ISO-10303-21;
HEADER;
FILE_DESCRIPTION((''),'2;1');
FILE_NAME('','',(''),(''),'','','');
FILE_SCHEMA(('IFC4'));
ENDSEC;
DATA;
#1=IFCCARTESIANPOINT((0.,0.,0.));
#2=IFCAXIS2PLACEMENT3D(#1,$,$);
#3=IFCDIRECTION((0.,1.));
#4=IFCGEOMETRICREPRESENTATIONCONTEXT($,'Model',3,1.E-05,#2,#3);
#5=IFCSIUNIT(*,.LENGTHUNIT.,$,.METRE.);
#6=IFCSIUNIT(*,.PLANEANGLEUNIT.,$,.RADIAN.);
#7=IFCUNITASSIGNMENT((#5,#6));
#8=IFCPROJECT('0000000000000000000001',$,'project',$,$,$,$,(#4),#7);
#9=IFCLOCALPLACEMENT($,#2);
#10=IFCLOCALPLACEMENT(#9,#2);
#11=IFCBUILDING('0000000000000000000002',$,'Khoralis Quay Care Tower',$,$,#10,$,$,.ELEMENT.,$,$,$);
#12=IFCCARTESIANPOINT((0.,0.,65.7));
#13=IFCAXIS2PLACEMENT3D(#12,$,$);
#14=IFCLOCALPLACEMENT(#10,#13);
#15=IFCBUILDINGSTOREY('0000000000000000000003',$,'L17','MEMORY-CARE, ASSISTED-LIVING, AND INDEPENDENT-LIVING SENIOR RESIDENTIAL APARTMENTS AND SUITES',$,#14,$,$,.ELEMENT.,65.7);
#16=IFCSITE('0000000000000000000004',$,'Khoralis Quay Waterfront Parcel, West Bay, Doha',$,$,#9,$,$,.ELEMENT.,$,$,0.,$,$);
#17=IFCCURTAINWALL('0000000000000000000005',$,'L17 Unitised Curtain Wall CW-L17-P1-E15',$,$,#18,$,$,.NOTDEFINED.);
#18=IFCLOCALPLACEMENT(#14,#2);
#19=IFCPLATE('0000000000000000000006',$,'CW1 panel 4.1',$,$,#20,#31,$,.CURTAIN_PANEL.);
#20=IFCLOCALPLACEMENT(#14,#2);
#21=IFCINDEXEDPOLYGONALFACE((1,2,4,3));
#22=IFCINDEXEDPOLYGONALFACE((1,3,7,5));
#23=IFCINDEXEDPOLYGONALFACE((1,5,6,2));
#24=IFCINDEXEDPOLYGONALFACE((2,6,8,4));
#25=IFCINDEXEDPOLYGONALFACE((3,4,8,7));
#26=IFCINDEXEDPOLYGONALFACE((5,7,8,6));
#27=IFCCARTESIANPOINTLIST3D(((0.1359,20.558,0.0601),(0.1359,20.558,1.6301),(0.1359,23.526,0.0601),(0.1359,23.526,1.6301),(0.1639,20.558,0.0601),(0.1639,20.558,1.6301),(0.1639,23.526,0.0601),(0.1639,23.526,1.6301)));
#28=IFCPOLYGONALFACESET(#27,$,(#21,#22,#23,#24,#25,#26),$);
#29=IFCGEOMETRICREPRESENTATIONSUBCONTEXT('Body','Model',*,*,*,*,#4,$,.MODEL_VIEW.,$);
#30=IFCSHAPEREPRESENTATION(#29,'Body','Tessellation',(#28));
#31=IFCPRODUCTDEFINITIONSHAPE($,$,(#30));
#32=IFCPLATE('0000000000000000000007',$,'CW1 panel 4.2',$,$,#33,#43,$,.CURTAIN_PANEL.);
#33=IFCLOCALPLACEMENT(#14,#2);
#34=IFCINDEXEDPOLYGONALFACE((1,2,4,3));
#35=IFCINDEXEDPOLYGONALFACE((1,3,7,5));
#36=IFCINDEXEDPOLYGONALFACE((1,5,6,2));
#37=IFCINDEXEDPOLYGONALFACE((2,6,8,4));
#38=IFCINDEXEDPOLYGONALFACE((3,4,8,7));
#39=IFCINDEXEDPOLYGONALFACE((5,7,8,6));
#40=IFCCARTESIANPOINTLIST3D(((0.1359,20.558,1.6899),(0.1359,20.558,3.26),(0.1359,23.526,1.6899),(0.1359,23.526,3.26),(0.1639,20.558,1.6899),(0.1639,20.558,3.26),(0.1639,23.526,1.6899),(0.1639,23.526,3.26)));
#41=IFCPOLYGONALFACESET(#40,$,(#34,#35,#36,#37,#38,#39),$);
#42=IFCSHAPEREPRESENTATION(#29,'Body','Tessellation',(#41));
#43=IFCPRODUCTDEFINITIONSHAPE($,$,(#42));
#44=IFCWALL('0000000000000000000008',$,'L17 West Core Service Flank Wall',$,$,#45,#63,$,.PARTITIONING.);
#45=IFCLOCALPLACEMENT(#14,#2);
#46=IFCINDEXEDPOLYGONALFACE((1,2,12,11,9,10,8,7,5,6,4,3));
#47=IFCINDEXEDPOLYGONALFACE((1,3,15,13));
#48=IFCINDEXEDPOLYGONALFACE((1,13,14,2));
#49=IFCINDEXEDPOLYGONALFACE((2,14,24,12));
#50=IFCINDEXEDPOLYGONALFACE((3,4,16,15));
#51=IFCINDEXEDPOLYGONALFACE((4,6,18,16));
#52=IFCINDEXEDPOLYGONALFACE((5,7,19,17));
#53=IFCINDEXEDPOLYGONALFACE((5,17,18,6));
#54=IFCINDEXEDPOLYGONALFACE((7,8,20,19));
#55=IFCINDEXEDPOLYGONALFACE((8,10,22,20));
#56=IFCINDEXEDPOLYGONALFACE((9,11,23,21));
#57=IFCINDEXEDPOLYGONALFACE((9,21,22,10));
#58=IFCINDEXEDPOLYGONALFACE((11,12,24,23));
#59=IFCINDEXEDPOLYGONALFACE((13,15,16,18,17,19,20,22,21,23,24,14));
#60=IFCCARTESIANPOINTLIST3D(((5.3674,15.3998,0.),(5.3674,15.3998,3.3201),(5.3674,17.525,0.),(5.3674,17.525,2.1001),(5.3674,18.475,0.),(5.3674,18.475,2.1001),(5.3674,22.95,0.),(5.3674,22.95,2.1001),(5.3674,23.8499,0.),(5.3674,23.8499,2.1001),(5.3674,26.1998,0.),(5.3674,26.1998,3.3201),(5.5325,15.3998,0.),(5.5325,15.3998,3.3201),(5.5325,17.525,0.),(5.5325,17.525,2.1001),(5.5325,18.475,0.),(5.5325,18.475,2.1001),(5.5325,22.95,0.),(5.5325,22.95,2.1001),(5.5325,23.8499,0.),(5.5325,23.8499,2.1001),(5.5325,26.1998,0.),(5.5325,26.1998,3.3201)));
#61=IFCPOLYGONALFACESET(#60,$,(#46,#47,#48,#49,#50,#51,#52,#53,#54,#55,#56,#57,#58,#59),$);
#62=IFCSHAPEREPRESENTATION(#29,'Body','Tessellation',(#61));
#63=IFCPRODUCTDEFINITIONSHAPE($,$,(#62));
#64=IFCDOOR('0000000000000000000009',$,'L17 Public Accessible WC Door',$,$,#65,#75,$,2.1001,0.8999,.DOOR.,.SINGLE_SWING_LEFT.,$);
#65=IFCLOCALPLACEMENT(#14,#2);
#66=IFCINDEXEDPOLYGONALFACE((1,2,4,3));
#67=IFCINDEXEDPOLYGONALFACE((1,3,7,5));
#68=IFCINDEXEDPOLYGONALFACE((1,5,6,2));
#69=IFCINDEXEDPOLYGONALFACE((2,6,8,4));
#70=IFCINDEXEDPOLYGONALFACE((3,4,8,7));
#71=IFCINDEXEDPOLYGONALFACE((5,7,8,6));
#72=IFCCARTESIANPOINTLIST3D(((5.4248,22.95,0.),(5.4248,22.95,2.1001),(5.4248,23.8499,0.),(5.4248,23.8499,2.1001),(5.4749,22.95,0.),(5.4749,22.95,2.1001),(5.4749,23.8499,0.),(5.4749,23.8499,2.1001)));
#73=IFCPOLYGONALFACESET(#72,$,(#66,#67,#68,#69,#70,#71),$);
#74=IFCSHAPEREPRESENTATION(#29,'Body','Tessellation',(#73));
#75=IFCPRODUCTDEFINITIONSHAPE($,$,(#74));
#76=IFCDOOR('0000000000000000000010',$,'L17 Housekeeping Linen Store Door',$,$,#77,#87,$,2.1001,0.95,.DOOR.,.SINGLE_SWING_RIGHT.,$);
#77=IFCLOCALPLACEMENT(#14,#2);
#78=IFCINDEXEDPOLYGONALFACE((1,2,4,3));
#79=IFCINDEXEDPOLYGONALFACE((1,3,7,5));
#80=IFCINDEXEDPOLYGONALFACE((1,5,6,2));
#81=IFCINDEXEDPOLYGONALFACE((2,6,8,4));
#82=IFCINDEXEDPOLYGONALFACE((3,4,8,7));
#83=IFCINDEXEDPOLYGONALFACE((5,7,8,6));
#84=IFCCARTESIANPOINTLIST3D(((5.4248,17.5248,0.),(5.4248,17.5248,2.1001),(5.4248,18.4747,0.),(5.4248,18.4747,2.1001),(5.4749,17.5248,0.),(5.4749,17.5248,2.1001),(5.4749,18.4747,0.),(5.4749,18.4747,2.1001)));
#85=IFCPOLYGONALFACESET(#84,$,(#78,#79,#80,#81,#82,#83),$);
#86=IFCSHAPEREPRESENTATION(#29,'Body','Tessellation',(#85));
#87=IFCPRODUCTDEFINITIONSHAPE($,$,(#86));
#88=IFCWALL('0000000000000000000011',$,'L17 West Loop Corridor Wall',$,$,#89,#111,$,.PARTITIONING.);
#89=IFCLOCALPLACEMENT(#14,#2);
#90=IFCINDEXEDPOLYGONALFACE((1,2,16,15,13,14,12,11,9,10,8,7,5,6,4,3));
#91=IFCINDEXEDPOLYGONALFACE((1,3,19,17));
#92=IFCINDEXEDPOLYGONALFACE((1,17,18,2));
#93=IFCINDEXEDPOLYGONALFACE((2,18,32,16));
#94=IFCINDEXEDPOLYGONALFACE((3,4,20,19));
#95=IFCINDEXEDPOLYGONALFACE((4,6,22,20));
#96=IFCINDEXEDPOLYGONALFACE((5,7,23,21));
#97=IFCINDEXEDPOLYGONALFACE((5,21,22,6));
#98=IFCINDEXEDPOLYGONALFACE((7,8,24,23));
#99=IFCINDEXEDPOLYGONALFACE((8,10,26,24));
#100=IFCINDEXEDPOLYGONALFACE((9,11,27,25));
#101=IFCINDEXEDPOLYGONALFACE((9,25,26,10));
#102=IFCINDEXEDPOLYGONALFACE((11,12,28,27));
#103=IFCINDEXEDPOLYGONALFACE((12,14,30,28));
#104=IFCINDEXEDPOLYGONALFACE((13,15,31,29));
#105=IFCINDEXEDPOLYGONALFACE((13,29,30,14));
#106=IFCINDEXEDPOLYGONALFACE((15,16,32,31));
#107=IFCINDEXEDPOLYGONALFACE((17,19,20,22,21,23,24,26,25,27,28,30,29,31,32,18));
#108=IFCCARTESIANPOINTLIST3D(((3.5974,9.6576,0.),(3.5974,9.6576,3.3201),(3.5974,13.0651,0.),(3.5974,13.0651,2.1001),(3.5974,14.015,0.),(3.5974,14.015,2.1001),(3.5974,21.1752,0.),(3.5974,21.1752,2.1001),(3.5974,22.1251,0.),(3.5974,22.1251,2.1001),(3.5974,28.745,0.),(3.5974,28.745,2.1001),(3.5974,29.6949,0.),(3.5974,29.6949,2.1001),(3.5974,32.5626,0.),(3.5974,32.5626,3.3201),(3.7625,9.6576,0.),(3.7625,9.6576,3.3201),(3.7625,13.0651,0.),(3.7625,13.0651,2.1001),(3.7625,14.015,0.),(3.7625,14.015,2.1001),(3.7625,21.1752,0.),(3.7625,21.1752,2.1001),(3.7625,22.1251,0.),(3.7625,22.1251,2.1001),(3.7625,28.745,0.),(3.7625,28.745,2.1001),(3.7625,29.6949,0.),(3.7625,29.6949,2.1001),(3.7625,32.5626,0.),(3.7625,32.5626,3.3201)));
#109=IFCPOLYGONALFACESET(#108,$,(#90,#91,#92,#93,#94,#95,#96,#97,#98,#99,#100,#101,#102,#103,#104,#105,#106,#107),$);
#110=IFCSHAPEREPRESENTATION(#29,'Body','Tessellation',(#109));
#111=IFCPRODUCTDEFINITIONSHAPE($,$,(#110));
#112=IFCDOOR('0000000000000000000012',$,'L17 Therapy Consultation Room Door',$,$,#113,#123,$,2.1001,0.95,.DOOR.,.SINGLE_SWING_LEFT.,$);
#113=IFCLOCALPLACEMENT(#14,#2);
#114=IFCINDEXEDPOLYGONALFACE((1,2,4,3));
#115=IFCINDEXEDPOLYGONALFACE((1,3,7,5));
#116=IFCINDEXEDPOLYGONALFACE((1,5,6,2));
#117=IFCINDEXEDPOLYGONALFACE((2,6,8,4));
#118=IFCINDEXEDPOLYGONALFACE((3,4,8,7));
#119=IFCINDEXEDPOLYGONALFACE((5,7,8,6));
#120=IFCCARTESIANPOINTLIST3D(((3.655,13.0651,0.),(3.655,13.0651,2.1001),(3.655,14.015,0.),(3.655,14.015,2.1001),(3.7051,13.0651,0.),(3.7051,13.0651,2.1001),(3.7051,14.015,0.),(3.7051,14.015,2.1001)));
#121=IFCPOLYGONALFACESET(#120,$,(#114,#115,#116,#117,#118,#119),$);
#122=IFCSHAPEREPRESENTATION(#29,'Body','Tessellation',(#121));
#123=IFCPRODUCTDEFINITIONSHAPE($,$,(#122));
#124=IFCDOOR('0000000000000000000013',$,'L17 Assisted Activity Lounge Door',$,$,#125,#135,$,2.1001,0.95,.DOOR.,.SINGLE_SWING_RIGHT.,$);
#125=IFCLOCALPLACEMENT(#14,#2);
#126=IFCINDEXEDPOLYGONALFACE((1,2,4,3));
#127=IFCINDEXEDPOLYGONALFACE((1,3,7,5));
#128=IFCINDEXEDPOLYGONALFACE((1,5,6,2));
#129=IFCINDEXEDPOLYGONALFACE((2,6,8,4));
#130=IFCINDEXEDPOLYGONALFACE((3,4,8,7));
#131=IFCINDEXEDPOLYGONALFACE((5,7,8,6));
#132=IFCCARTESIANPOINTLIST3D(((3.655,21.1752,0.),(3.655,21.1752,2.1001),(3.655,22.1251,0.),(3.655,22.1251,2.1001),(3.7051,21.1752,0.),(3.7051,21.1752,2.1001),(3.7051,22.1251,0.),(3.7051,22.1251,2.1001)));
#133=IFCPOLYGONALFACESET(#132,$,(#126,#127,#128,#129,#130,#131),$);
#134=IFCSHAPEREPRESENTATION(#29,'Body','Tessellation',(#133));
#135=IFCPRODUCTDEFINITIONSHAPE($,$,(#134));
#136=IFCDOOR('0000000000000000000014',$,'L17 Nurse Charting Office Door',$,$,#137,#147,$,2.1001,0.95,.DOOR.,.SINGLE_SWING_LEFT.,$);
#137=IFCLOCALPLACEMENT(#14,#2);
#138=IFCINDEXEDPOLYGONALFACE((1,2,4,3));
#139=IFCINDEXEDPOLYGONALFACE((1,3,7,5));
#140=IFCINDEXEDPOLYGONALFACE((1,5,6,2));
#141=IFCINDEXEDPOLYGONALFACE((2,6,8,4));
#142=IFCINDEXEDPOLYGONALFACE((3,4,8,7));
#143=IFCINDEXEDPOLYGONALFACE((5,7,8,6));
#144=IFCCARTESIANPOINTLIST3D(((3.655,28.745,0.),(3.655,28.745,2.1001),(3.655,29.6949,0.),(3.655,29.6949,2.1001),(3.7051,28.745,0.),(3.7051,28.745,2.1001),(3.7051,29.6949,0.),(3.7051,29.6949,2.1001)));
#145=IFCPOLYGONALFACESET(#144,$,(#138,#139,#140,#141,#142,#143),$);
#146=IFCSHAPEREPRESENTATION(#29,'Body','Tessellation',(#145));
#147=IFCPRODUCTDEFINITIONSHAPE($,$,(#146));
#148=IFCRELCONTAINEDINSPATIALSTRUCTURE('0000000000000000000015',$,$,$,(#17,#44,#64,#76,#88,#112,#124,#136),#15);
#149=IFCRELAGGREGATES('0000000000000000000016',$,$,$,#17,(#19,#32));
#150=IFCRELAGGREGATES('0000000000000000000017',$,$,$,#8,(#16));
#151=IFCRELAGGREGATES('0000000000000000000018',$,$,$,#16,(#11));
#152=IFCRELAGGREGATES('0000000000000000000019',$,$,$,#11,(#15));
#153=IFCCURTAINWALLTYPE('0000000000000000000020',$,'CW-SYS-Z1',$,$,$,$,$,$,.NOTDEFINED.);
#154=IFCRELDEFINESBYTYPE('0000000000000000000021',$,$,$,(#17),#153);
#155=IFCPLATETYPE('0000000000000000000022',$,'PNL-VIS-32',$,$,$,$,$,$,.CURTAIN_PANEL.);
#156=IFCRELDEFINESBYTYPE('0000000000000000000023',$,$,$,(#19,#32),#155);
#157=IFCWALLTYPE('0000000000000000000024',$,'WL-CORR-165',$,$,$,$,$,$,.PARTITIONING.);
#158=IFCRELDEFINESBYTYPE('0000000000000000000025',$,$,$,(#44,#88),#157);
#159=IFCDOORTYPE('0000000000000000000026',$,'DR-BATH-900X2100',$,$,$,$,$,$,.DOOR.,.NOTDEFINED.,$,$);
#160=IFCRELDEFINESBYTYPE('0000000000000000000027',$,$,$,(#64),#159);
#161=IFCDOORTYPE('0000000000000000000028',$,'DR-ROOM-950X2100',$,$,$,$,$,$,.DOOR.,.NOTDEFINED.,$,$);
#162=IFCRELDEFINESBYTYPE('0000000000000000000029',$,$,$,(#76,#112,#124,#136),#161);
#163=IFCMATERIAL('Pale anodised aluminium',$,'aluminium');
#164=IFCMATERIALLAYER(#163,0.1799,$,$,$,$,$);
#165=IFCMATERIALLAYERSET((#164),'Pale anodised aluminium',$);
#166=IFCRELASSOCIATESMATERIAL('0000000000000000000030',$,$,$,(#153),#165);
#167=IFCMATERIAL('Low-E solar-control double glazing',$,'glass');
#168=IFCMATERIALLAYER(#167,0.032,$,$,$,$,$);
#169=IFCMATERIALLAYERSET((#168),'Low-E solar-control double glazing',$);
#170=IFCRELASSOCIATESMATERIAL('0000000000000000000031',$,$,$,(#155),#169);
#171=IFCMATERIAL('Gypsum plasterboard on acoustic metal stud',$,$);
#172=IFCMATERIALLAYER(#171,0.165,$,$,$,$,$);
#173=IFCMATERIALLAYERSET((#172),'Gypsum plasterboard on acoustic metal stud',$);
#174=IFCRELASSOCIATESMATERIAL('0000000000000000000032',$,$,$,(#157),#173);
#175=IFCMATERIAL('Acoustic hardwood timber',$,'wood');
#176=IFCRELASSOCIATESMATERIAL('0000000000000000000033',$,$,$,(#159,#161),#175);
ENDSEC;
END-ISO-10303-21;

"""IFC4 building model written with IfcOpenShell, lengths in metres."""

from ifc_helpers import new_model, si_unit, direction, frame, frame_2d, origin, origin_2d, place, context, subcontext, project, spatial, rectangle, extrude, source, transform, mapped, material, layer, layer_set, type_object, element, fill, aggregate, save


model = new_model("IFC4")

# Units and contexts
model_context = context("Model", 3, precision=1e-05, world=origin(), true_north=direction((0.0, 1.0)))
body_context = subcontext(model_context, "Body", "Model", "MODEL_VIEW")
ifc_project = project(units=[si_unit("LENGTHUNIT", "METRE"), si_unit("PLANEANGLEUNIT", "RADIAN")], contexts=[model_context])

# Site, building, storey
site_placement = place(None, origin())
site = spatial("IfcSite", under=ifc_project, at=site_placement, Name="Khoralis Quay Waterfront Parcel, West Bay, Doha", CompositionType="ELEMENT", RefElevation=0.0)
building_placement = place(site_placement, origin())
building = spatial("IfcBuilding", under=site, at=building_placement, Name="Khoralis Quay Care Tower", CompositionType="ELEMENT")
storey_placement = place(building_placement, frame((0.0, 0.0, 65.7)))
storey = spatial("IfcBuildingStorey", under=building, at=storey_placement, Name="L17", Description="MEMORY-CARE, ASSISTED-LIVING, AND INDEPENDENT-LIVING SENIOR RESIDENTIAL APARTMENTS AND SUITES", CompositionType="ELEMENT", Elevation=65.7)

# Curtain wall, plates
ifc_material_1 = material(Name="Pale anodised aluminium", Category="aluminium")
ifc_layer_1 = layer(ifc_material_1, 0.1799)
ifc_layer_set_1 = layer_set([ifc_layer_1], Name="Pale anodised aluminium")
curtain_wall_type = type_object("IfcCurtainWallType", Name="CW-SYS-Z1", PredefinedType="NOTDEFINED", material=ifc_layer_set_1)
curtain_wall_placement = place(storey_placement, origin())
curtain_wall = element("IfcCurtainWall", 1, at=curtain_wall_placement, inside=storey, type_object=curtain_wall_type, Name="L17 Unitised Curtain Wall CW-L17-P1-E15", PredefinedType="NOTDEFINED")
ifc_material_2 = material(Name="Low-E solar-control double glazing", Category="glass")
ifc_layer_2 = layer(ifc_material_2, 0.032)
ifc_layer_set_2 = layer_set([ifc_layer_2], Name="Low-E solar-control double glazing")
plate_type = type_object("IfcPlateType", Name="PNL-VIS-32", PredefinedType="CURTAIN_PANEL", material=ifc_layer_set_2)
shared_shape_1 = source(origin(), body_context, "Body", "SweptSolid", [
    extrude(rectangle(XDim=2.968, YDim=0.0281, at=origin_2d()), origin(), (0.0, 0.0, 1.0), 1.5701),
])
plate_1_placement = place(storey_placement, frame((0.1499, 22.042, 0.0601), z_axis=(0.0, 0.0, 1.0), x_axis=(0.0, -1.0, 0.0)))
plate_1 = element("IfcPlate", 2, at=plate_1_placement, type_object=plate_type, Name="CW1 panel 4.1", PredefinedType="CURTAIN_PANEL", context=body_context, shape_type="MappedRepresentation", body=[
    mapped(shared_shape_1, transform((0.0, 0.0, 0.0), scale=1.0)),
])
plate_2_placement = place(storey_placement, frame((0.1499, 22.042, 1.6899), z_axis=(0.0, 0.0, 1.0), x_axis=(0.0, -1.0, 0.0)))
plate_2 = element("IfcPlate", 3, at=plate_2_placement, type_object=plate_type, Name="CW1 panel 4.2", PredefinedType="CURTAIN_PANEL", context=body_context, shape_type="MappedRepresentation", body=[
    mapped(shared_shape_1, transform((0.0, 0.0, 0.0), scale=1.0)),
])
aggregate(curtain_wall, [plate_1, plate_2])

# Walls, openings, doors
ifc_material_3 = material(Name="Gypsum plasterboard on acoustic metal stud")
ifc_layer_3 = layer(ifc_material_3, 0.165)
ifc_layer_set_3 = layer_set([ifc_layer_3], Name="Gypsum plasterboard on acoustic metal stud")
wall_type_1 = type_object("IfcWallType", Name="WL-CORR-165", PredefinedType="PARTITIONING", material=ifc_layer_set_3)
wall_1_placement = place(storey_placement, frame((5.45, 15.3999, 0.0), z_axis=(0.0, 0.0, 1.0), x_axis=(0.0, 1.0, 0.0)))
wall_1 = element("IfcWall", 4, at=wall_1_placement, inside=storey, type_object=wall_type_1, Name="L17 West Core Service Flank Wall", PredefinedType="PARTITIONING", context=body_context, shape_type="SweptSolid", body=[
    extrude(rectangle(XDim=10.8, YDim=0.165, at=frame_2d((5.3999, 0.0))), origin(), (0.0, 0.0, 1.0), 3.3201),
])
opening_1_placement = place(wall_1_placement, frame((2.125, 0.0, 0.0)))
opening_1 = element("IfcOpeningElement", 5, at=opening_1_placement, cuts=wall_1, PredefinedType="OPENING", context=body_context, shape_type="SweptSolid", body=[
    extrude(rectangle(XDim=0.95, YDim=2.1001, at=frame_2d((0.4751, 1.05))), frame((0.0, 0.0925, 0.0), z_axis=(0.0, -1.0, 0.0), x_axis=(1.0, 0.0, 0.0)), (0.0, 0.0, 1.0), 0.1851),
])
opening_2_placement = place(wall_1_placement, frame((7.55, 0.0, 0.0)))
opening_2 = element("IfcOpeningElement", 6, at=opening_2_placement, cuts=wall_1, PredefinedType="OPENING", context=body_context, shape_type="SweptSolid", body=[
    extrude(rectangle(XDim=0.8999, YDim=2.1001, at=frame_2d((0.45, 1.05))), frame((0.0, 0.0925, 0.0), z_axis=(0.0, -1.0, 0.0), x_axis=(1.0, 0.0, 0.0)), (0.0, 0.0, 1.0), 0.1851),
])
ifc_material_4 = material(Name="Acoustic hardwood timber", Category="wood")
door_type_1 = type_object("IfcDoorType", Name="DR-BATH-900X2100", OperationType="NOTDEFINED", PredefinedType="DOOR", material=ifc_material_4)
shared_shape_2 = source(origin(), body_context, "Body", "SweptSolid", [
    extrude(rectangle(XDim=0.8999, YDim=2.1001, at=frame_2d((0.45, 1.05))), frame((0.0, 0.0249, 0.0), z_axis=(0.0, -1.0, 0.0), x_axis=(1.0, 0.0, 0.0)), (0.0, 0.0, 1.0), 0.05),
])
door_1_placement = place(opening_2_placement, frame((0.8999, 0.0, 0.0), z_axis=(0.0, 0.0, 1.0), x_axis=(-1.0, 0.0, 0.0)))
door_1 = element("IfcDoor", 7, at=door_1_placement, inside=storey, type_object=door_type_1, Name="L17 Public Accessible WC Door", OperationType="SINGLE_SWING_LEFT", OverallHeight=2.1001, OverallWidth=0.8999, PredefinedType="DOOR", context=body_context, shape_type="MappedRepresentation", body=[
    mapped(shared_shape_2, transform((0.0, 0.0, 0.0), scale=1.0)),
])
fill(opening_2, door_1)
door_type_2 = type_object("IfcDoorType", Name="DR-ROOM-950X2100", OperationType="NOTDEFINED", PredefinedType="DOOR", material=ifc_material_4)
shared_shape_3 = source(origin(), body_context, "Body", "SweptSolid", [
    extrude(rectangle(XDim=0.95, YDim=2.1001, at=frame_2d((0.4751, 1.05))), frame((0.0, 0.0249, 0.0), z_axis=(0.0, -1.0, 0.0), x_axis=(1.0, 0.0, 0.0)), (0.0, 0.0, 1.0), 0.05),
])
door_2_placement = place(opening_1_placement, frame((0.95, 0.0, 0.0), z_axis=(0.0, 0.0, 1.0), x_axis=(-1.0, 0.0, 0.0)))
door_2 = element("IfcDoor", 8, at=door_2_placement, inside=storey, type_object=door_type_2, Name="L17 Housekeeping Linen Store Door", OperationType="SINGLE_SWING_RIGHT", OverallHeight=2.1001, OverallWidth=0.95, PredefinedType="DOOR", context=body_context, shape_type="MappedRepresentation", body=[
    mapped(shared_shape_3, transform((0.0, 0.0, 0.0), scale=1.0)),
])
fill(opening_1, door_2)
wall_2_placement = place(storey_placement, frame((3.6799, 9.6575, 0.0), z_axis=(0.0, 0.0, 1.0), x_axis=(0.0, 1.0, 0.0)))
wall_2 = element("IfcWall", 9, at=wall_2_placement, inside=storey, type_object=wall_type_1, Name="L17 West Loop Corridor Wall", PredefinedType="PARTITIONING", context=body_context, shape_type="SweptSolid", body=[
    extrude(rectangle(XDim=22.905, YDim=0.165, at=frame_2d((11.4526, 0.0))), origin(), (0.0, 0.0, 1.0), 3.3201),
])
opening_3_placement = place(wall_2_placement, frame((3.4075, 0.0, 0.0)))
opening_3 = element("IfcOpeningElement", 10, at=opening_3_placement, cuts=wall_2, PredefinedType="OPENING", context=body_context, shape_type="SweptSolid", body=[
    extrude(rectangle(XDim=0.95, YDim=2.1001, at=frame_2d((0.4751, 1.05))), frame((0.0, 0.0925, 0.0), z_axis=(0.0, -1.0, 0.0), x_axis=(1.0, 0.0, 0.0)), (0.0, 0.0, 1.0), 0.1851),
])
opening_4_placement = place(wall_2_placement, frame((11.5176, 0.0, 0.0)))
opening_4 = element("IfcOpeningElement", 11, at=opening_4_placement, cuts=wall_2, PredefinedType="OPENING", context=body_context, shape_type="SweptSolid", body=[
    extrude(rectangle(XDim=0.95, YDim=2.1001, at=frame_2d((0.4751, 1.05))), frame((0.0, 0.0925, 0.0), z_axis=(0.0, -1.0, 0.0), x_axis=(1.0, 0.0, 0.0)), (0.0, 0.0, 1.0), 0.1851),
])
opening_5_placement = place(wall_2_placement, frame((19.0874, 0.0, 0.0)))
opening_5 = element("IfcOpeningElement", 12, at=opening_5_placement, cuts=wall_2, PredefinedType="OPENING", context=body_context, shape_type="SweptSolid", body=[
    extrude(rectangle(XDim=0.95, YDim=2.1001, at=frame_2d((0.4751, 1.05))), frame((0.0, 0.0925, 0.0), z_axis=(0.0, -1.0, 0.0), x_axis=(1.0, 0.0, 0.0)), (0.0, 0.0, 1.0), 0.1851),
])
door_3_placement = place(opening_3_placement, origin())
door_3 = element("IfcDoor", 13, at=door_3_placement, inside=storey, type_object=door_type_2, Name="L17 Therapy Consultation Room Door", OperationType="SINGLE_SWING_LEFT", OverallHeight=2.1001, OverallWidth=0.95, PredefinedType="DOOR", context=body_context, shape_type="MappedRepresentation", body=[
    mapped(shared_shape_3, transform((0.0, 0.0, 0.0), scale=1.0)),
])
fill(opening_3, door_3)
door_4_placement = place(opening_4_placement, origin())
door_4 = element("IfcDoor", 14, at=door_4_placement, inside=storey, type_object=door_type_2, Name="L17 Assisted Activity Lounge Door", OperationType="SINGLE_SWING_RIGHT", OverallHeight=2.1001, OverallWidth=0.95, PredefinedType="DOOR", context=body_context, shape_type="MappedRepresentation", body=[
    mapped(shared_shape_3, transform((0.0, 0.0, 0.0), scale=1.0)),
])
fill(opening_4, door_4)
door_5_placement = place(opening_5_placement, origin())
door_5 = element("IfcDoor", 15, at=door_5_placement, inside=storey, type_object=door_type_2, Name="L17 Nurse Charting Office Door", OperationType="SINGLE_SWING_LEFT", OverallHeight=2.1001, OverallWidth=0.95, PredefinedType="DOOR", context=body_context, shape_type="MappedRepresentation", body=[
    mapped(shared_shape_3, transform((0.0, 0.0, 0.0), scale=1.0)),
])
fill(opening_5, door_5)

save(model, "model.ifc")
